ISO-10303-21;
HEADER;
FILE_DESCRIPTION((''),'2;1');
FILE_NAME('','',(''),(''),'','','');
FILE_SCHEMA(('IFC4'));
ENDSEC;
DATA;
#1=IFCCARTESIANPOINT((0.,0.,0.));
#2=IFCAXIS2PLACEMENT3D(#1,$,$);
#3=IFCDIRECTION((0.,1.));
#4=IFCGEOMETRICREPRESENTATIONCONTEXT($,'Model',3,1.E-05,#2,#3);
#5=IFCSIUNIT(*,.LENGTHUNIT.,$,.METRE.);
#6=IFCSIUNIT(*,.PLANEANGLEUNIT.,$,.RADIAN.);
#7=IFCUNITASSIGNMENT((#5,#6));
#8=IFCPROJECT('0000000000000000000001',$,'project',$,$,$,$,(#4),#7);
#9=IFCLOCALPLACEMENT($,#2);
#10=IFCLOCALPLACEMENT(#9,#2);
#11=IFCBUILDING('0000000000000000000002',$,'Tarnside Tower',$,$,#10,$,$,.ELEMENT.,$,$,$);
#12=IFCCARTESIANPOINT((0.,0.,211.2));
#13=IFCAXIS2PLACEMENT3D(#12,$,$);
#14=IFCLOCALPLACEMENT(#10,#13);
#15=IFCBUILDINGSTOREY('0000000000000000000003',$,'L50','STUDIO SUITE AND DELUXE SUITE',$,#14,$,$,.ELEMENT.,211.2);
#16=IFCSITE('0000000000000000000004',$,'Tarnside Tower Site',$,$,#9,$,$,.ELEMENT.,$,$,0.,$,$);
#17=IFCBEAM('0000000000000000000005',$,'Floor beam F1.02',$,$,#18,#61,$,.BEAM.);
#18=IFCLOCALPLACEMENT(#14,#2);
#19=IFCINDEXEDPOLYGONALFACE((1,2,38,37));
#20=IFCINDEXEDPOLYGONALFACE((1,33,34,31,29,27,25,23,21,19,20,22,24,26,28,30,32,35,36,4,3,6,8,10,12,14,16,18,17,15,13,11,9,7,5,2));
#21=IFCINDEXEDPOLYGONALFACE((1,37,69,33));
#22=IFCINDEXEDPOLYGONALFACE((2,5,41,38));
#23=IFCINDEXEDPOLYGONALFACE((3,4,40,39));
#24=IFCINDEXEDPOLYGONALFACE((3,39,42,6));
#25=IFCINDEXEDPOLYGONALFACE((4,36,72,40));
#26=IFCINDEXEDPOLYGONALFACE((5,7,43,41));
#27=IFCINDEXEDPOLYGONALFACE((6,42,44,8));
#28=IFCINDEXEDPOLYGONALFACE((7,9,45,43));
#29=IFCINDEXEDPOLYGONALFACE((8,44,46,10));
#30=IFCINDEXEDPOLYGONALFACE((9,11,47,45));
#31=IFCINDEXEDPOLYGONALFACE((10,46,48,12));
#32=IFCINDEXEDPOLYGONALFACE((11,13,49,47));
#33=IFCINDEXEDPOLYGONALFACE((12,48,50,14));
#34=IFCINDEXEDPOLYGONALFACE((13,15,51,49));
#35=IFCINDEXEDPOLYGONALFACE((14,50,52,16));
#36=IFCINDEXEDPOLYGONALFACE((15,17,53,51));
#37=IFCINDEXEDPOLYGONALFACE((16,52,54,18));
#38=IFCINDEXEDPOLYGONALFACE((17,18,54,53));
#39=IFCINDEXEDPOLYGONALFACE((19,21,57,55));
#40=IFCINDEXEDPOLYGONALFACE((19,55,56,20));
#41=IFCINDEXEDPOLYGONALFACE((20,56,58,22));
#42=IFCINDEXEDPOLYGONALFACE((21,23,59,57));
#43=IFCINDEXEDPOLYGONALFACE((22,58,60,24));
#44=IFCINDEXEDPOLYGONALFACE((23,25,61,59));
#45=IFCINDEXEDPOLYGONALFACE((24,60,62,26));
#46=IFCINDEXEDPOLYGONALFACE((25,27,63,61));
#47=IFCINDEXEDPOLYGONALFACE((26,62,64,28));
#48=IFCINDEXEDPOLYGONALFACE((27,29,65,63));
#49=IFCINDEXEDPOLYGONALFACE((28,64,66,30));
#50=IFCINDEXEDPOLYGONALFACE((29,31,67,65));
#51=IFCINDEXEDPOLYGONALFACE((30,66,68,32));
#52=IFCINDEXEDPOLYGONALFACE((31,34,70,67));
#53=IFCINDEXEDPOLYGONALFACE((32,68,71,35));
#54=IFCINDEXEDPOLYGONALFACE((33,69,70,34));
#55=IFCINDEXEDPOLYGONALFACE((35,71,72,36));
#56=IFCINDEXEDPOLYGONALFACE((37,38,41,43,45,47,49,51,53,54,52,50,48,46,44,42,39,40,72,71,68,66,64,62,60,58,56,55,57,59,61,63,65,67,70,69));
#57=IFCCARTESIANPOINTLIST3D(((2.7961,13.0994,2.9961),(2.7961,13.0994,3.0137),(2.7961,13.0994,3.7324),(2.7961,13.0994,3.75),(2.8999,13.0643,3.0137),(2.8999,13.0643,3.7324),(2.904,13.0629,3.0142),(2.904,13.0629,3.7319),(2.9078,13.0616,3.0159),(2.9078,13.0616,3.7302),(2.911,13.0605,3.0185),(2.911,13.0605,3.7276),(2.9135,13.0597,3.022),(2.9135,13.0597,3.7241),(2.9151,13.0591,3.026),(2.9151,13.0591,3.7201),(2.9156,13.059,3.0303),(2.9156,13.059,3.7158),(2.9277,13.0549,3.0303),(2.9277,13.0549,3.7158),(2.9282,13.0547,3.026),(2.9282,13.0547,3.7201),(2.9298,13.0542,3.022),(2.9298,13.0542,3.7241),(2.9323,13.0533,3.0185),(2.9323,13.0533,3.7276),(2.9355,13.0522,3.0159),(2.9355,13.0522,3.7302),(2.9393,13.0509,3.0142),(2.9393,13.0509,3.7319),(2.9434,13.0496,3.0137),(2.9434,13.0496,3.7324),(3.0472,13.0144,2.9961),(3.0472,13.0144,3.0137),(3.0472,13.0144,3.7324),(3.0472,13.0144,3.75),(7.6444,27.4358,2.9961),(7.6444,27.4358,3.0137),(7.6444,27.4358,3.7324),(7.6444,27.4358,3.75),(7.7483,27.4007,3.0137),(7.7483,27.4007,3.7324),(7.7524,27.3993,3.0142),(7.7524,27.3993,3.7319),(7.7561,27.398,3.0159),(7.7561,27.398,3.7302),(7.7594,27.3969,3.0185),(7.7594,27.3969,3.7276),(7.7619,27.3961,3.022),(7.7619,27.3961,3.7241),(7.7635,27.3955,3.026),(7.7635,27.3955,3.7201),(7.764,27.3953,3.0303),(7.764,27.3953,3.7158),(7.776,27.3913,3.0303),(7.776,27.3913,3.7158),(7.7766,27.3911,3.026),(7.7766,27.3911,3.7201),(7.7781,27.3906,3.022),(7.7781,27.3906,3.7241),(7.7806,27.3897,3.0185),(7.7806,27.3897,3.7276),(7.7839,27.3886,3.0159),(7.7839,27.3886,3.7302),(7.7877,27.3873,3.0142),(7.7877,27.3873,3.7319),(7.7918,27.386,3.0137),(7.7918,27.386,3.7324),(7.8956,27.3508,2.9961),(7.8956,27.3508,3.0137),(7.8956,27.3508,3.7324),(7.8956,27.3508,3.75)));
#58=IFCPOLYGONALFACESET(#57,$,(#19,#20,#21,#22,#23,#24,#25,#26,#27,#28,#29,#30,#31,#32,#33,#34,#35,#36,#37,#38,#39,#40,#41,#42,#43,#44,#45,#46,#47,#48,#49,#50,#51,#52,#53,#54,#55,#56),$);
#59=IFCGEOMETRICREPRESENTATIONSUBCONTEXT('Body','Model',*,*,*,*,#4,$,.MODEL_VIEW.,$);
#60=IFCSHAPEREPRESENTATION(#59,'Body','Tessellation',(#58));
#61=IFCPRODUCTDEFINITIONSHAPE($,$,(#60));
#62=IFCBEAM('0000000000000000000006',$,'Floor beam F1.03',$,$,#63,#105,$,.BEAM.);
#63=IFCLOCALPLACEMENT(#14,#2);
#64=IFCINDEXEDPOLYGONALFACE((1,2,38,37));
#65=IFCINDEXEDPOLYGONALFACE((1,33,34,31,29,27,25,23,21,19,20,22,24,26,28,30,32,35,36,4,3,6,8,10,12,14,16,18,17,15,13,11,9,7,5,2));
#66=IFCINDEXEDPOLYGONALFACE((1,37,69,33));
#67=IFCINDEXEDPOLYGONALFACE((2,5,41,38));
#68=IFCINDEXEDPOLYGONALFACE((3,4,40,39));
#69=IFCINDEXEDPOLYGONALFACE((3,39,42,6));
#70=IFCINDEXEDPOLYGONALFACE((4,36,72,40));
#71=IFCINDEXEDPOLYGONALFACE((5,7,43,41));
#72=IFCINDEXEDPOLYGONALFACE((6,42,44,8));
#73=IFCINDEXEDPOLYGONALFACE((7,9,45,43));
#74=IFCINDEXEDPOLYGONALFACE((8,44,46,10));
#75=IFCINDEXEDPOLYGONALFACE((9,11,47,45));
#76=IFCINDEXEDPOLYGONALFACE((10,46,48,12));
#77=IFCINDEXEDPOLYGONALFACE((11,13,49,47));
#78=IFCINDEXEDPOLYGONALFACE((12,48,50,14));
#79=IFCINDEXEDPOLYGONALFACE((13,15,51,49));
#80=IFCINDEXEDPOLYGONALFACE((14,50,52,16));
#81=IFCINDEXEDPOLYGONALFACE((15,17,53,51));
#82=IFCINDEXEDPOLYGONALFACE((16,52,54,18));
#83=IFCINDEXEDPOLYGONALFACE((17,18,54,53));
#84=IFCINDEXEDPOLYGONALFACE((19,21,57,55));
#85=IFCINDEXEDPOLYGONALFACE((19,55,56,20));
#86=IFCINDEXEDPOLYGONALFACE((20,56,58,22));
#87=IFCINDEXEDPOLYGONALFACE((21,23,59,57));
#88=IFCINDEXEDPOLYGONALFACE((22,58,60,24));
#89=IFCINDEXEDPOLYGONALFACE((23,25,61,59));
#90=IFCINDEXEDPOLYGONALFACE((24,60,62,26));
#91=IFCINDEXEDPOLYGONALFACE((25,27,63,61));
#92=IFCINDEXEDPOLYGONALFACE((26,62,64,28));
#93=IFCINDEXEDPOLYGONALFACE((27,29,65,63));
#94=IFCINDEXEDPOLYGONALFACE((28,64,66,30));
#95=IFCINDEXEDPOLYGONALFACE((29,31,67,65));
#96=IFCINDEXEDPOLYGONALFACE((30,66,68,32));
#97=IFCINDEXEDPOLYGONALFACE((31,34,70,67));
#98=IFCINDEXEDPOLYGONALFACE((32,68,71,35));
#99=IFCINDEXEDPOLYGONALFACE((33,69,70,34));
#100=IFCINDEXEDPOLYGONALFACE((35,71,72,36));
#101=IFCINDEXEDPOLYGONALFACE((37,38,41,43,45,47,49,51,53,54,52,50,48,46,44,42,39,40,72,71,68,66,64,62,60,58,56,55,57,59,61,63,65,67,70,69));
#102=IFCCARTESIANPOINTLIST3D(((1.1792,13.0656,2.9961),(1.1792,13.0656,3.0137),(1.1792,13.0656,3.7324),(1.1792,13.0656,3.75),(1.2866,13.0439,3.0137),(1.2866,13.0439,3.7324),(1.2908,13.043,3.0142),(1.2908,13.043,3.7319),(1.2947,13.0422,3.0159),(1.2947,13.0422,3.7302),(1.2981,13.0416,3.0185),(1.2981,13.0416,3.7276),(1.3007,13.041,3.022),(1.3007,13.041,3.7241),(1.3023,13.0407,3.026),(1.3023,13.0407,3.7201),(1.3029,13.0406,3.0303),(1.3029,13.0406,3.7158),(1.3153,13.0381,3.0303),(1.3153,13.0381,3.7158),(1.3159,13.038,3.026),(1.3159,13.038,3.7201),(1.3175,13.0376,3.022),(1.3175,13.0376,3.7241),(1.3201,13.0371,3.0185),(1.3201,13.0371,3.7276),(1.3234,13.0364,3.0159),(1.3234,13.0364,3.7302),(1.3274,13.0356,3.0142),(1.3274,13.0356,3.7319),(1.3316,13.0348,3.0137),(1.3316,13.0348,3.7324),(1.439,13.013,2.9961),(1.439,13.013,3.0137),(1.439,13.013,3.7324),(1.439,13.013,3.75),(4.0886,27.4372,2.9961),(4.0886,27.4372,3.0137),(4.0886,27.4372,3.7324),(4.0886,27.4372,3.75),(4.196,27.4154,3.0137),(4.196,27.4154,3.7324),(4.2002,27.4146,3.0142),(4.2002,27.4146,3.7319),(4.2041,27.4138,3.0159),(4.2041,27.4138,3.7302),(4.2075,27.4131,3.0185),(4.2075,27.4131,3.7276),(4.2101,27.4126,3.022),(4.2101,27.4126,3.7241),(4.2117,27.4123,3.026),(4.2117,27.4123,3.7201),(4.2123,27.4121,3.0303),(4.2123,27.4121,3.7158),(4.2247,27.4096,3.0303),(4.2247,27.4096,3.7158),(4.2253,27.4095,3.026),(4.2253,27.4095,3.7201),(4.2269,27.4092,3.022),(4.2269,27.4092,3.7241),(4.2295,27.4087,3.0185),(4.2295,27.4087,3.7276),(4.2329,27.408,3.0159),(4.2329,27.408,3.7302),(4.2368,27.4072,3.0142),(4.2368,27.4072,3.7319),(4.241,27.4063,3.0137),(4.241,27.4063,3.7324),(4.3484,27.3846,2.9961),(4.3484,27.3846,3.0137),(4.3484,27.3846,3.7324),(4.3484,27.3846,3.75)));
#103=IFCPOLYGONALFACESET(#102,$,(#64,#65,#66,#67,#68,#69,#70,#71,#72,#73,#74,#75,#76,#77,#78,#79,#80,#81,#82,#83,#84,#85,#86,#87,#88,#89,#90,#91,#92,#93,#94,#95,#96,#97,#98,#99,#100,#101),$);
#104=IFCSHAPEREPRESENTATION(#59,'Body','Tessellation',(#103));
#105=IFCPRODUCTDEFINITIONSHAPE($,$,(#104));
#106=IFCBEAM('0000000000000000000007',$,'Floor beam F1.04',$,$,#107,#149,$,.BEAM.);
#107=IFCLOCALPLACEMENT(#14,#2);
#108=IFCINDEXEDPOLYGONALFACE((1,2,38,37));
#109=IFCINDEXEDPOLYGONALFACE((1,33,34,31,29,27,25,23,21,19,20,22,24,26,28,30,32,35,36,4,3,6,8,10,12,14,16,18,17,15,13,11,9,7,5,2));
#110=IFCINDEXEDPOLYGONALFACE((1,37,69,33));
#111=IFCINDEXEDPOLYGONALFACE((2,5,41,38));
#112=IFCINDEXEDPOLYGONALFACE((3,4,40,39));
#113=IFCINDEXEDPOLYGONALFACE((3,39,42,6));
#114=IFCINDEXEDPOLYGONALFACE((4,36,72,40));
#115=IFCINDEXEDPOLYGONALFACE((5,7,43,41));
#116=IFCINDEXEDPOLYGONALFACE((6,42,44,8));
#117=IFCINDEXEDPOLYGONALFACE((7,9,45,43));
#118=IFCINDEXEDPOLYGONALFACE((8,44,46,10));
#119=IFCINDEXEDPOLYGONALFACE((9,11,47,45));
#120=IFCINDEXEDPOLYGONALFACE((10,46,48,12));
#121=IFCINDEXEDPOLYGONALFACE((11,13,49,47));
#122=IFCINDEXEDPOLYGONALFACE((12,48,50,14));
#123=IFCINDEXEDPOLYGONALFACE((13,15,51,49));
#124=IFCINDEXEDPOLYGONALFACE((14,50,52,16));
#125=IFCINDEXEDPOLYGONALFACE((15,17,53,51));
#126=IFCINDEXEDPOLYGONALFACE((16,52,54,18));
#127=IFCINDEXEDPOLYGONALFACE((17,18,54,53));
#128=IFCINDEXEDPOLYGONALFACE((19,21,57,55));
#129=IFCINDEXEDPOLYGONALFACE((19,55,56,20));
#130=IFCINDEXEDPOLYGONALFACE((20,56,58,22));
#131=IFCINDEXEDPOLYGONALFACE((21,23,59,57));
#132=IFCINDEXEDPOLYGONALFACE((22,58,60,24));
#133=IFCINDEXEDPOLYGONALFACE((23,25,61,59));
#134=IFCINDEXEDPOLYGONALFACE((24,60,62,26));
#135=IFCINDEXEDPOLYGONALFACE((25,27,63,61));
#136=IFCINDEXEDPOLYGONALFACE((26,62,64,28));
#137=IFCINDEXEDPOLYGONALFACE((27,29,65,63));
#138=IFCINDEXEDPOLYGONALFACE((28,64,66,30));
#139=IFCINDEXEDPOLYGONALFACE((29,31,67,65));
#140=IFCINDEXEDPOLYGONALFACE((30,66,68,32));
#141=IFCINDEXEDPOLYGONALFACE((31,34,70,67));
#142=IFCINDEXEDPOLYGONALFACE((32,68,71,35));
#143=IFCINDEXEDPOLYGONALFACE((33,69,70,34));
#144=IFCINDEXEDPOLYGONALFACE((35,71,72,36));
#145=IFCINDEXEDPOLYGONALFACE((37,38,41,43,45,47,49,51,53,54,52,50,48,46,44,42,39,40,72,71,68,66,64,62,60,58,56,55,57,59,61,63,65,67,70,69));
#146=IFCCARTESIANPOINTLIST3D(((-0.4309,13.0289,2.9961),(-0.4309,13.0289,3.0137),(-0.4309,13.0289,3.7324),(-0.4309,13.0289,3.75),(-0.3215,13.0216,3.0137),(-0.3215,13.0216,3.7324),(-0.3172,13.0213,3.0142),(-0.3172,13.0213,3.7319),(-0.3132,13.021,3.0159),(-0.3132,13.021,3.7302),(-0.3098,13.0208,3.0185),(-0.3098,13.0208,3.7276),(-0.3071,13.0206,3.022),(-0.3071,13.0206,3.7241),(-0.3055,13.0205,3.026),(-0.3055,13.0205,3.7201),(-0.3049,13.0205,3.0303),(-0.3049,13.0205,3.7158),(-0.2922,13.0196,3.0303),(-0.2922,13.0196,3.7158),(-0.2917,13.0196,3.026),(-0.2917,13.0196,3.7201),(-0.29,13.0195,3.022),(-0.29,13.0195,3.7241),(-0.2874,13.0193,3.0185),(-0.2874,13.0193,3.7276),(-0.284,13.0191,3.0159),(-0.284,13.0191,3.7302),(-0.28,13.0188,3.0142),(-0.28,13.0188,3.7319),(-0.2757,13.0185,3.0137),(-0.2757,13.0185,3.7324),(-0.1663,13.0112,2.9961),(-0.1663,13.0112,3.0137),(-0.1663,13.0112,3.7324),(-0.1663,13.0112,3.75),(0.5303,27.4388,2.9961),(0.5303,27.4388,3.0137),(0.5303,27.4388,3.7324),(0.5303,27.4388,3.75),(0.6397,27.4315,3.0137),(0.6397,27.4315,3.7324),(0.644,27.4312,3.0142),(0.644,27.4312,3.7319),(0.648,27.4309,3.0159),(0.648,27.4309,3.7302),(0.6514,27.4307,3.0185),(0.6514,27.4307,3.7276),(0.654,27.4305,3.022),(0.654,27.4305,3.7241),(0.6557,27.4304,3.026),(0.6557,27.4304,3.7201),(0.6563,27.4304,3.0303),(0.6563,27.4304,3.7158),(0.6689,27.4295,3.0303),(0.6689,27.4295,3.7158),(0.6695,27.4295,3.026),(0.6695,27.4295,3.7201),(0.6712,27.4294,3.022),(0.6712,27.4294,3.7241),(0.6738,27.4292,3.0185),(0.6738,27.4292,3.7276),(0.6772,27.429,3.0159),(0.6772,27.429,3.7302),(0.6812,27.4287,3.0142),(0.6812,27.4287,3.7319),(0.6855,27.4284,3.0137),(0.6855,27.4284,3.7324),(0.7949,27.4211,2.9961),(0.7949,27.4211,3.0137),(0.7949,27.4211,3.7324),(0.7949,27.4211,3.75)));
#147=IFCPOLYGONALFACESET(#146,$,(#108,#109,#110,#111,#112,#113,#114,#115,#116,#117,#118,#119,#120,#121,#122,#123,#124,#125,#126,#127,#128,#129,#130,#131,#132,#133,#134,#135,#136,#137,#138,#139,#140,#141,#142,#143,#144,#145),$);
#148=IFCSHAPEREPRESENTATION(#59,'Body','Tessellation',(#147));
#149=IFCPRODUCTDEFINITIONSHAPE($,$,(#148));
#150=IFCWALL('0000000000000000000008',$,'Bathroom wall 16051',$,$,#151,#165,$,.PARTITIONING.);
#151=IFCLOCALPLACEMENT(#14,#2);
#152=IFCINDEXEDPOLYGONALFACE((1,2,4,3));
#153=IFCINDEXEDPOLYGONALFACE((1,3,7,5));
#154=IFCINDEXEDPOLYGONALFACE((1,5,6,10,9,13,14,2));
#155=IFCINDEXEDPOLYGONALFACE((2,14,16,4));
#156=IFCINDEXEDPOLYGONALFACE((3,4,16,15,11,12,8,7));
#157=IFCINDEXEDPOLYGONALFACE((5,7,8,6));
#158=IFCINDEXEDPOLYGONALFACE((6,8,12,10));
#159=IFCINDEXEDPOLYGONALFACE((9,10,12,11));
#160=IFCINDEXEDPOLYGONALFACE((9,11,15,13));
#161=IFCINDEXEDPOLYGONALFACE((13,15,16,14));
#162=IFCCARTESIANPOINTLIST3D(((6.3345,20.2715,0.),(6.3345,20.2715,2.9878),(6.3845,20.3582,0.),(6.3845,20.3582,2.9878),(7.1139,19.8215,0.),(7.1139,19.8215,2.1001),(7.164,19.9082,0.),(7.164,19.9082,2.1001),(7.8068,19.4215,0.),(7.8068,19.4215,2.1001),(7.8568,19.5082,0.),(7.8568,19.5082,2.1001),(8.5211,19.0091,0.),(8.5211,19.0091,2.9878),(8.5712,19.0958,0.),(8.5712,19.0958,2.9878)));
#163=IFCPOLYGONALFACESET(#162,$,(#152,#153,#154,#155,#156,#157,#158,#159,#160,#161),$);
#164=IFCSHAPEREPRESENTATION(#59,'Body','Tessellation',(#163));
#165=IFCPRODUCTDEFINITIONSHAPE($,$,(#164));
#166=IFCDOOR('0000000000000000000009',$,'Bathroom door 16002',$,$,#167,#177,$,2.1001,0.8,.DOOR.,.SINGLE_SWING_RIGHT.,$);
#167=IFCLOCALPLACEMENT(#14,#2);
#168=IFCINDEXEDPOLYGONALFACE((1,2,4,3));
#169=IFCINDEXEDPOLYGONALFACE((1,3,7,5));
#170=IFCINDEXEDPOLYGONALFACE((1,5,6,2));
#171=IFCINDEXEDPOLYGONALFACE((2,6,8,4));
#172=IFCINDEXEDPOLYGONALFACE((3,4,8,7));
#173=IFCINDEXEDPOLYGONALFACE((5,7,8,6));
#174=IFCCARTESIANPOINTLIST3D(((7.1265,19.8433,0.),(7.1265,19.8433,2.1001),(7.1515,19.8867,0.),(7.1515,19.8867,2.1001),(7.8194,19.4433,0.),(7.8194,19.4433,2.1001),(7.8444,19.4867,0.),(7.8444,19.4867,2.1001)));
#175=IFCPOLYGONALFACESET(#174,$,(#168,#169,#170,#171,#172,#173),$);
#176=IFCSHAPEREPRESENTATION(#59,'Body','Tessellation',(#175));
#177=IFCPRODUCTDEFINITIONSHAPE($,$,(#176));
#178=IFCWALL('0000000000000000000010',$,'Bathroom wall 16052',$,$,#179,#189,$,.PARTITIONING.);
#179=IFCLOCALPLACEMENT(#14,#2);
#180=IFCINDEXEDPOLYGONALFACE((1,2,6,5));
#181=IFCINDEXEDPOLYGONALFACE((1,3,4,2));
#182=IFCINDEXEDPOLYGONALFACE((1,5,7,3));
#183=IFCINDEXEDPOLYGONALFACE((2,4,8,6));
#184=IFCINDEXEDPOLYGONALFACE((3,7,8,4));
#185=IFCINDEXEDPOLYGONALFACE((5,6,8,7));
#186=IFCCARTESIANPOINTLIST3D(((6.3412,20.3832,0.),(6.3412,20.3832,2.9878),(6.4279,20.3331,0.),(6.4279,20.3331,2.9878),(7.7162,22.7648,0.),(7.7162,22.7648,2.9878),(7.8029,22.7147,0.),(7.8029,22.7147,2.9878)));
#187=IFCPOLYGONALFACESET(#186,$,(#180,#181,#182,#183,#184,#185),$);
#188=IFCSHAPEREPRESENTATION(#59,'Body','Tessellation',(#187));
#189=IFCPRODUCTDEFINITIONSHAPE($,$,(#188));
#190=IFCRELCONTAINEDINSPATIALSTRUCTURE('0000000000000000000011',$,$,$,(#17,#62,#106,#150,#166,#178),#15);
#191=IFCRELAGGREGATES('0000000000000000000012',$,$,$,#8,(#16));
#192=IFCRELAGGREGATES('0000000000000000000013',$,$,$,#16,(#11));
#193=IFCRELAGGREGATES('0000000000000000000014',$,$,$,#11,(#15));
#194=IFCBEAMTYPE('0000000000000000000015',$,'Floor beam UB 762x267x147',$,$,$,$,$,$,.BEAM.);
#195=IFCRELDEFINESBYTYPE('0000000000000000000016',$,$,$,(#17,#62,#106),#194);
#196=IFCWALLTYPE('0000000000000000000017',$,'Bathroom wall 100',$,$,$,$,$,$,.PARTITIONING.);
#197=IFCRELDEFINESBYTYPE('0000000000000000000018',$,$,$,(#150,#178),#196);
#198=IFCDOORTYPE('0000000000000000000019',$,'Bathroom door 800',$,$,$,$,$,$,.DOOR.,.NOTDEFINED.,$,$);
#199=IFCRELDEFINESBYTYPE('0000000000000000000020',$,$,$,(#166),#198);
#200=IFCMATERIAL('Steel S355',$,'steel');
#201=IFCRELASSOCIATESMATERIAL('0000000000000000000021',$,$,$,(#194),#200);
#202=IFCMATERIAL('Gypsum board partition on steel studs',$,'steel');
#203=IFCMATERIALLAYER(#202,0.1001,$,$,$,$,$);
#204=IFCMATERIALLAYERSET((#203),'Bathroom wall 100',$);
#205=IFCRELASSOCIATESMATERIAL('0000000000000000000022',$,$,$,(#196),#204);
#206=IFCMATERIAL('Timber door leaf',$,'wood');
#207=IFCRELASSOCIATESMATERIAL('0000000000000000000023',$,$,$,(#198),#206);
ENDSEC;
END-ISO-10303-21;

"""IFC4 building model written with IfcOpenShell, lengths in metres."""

from ifc_helpers import new_model, si_unit, direction, frame, frame_2d, origin, origin_2d, place, context, subcontext, project, spatial, rectangle, i_section, extrude, material, layer, layer_set, material_profile, profile_set, type_object, element, fill, save


model = new_model("IFC4")

# Units and contexts
model_context = context("Model", 3, precision=1e-05, world=origin(), true_north=direction((0.0, 1.0)))
body_context = subcontext(model_context, "Body", "Model", "MODEL_VIEW")
ifc_project = project(units=[si_unit("LENGTHUNIT", "METRE"), si_unit("PLANEANGLEUNIT", "RADIAN")], contexts=[model_context])

# Site, building, storey
site_placement = place(None, origin())
site = spatial("IfcSite", under=ifc_project, at=site_placement, Name="Tarnside Tower Site", CompositionType="ELEMENT", RefElevation=0.0)
building_placement = place(site_placement, origin())
building = spatial("IfcBuilding", under=site, at=building_placement, Name="Tarnside Tower", CompositionType="ELEMENT")
storey_placement = place(building_placement, frame((0.0, 0.0, 211.2)))
storey = spatial("IfcBuildingStorey", under=building, at=storey_placement, Name="L50", Description="STUDIO SUITE AND DELUXE SUITE", CompositionType="ELEMENT", Elevation=211.2)

# Beams
ifc_material_1 = material(Name="Steel S355", Category="steel")
ifc_material_profile = material_profile(ifc_material_1, i_section(OverallWidth=0.2651, OverallDepth=0.7539, WebThickness=0.0127, FlangeThickness=0.0176, FilletRadius=0.0166, at=origin_2d()), Name="UB 762x267x147")
ifc_profile_set = profile_set([ifc_material_profile], Name="Steel S355")
beam_type = type_object("IfcBeamType", Name="Floor beam UB 762x267x147", PredefinedType="BEAM", material=ifc_profile_set)
beam_1_placement = place(storey_placement, frame((7.77, 27.3933, 3.373), z_axis=(-0.320363, -0.947295, 0.0), x_axis=(0.947295, -0.320363, 0.0)))
element("IfcBeam", 1, at=beam_1_placement, inside=storey, type_object=beam_type, Name="Floor beam F1.02", PredefinedType="BEAM", context=body_context, shape_type="SweptSolid", body=[
    extrude(i_section(OverallWidth=0.2651, OverallDepth=0.7539, WebThickness=0.0127, FlangeThickness=0.0176, FilletRadius=0.0166, at=origin_2d()), origin(), (0.0, 0.0, 1.0), 15.134),
])
beam_2_placement = place(storey_placement, frame((4.2185, 27.4109, 3.373), z_axis=(-0.198418, -0.980118, 0.0), x_axis=(0.980118, -0.198418, 0.0)))
element("IfcBeam", 2, at=beam_2_placement, inside=storey, type_object=beam_type, Name="Floor beam F1.03", PredefinedType="BEAM", context=body_context, shape_type="SweptSolid", body=[
    extrude(i_section(OverallWidth=0.2651, OverallDepth=0.7539, WebThickness=0.0127, FlangeThickness=0.0176, FilletRadius=0.0166, at=origin_2d()), origin(), (0.0, 0.0, 1.0), 14.6631),
])
beam_3_placement = place(storey_placement, frame((0.6626, 27.4299, 3.373), z_axis=(-0.066555, -0.997783, 0.0), x_axis=(0.997783, -0.066555, 0.0)))
element("IfcBeam", 3, at=beam_3_placement, inside=storey, type_object=beam_type, Name="Floor beam F1.04", PredefinedType="BEAM", context=body_context, shape_type="SweptSolid", body=[
    extrude(i_section(OverallWidth=0.2651, OverallDepth=0.7539, WebThickness=0.0127, FlangeThickness=0.0176, FilletRadius=0.0166, at=origin_2d()), origin(), (0.0, 0.0, 1.0), 14.4419),
])

# Wall, opening, door
ifc_material_2 = material(Name="Gypsum board partition on steel studs", Category="steel")
ifc_layer_1 = layer(ifc_material_2, 0.1001)
ifc_layer_set_1 = layer_set([ifc_layer_1], Name="Bathroom wall 100")
wall_type_1 = type_object("IfcWallType", Name="Bathroom wall 100", PredefinedType="PARTITIONING", material=ifc_layer_set_1)
wall_1_placement = place(storey_placement, frame((8.5461, 19.0525, 0.0), z_axis=(0.0, 0.0, 1.0), x_axis=(-0.866039, 0.499976, 0.0)))
wall_1 = element("IfcWall", 4, at=wall_1_placement, inside=storey, type_object=wall_type_1, Name="Bathroom wall 16051", PredefinedType="PARTITIONING", context=body_context, shape_type="SweptSolid", body=[
    extrude(rectangle(XDim=2.5249, YDim=0.1001, at=frame_2d((1.2625, 0.0))), origin(), (0.0, 0.0, 1.0), 2.9878),
])
opening_1_placement = place(wall_1_placement, frame((0.825, 0.0, 0.0)))
opening_1 = element("IfcOpeningElement", 5, at=opening_1_placement, cuts=wall_1, PredefinedType="OPENING", context=body_context, shape_type="SweptSolid", body=[
    extrude(rectangle(XDim=0.8, YDim=2.1001, at=frame_2d((0.3999, 1.05))), frame((0.0, 0.0601, 0.0), z_axis=(0.0, -1.0, 0.0), x_axis=(1.0, 0.0, 0.0)), (0.0, 0.0, 1.0), 0.1201),
])
ifc_material_3 = material(Name="Timber door leaf", Category="wood")
door_type_1 = type_object("IfcDoorType", Name="Bathroom door 800", OperationType="NOTDEFINED", PredefinedType="DOOR", material=ifc_material_3)
door_1_placement = place(opening_1_placement, origin())
door_1 = element("IfcDoor", 6, at=door_1_placement, inside=storey, type_object=door_type_1, Name="Bathroom door 16002", OperationType="SINGLE_SWING_RIGHT", OverallHeight=2.1001, OverallWidth=0.8, PredefinedType="DOOR", context=body_context, shape_type="SweptSolid", body=[
    extrude(rectangle(XDim=0.8, YDim=2.1001, at=frame_2d((0.3999, 1.05))), frame((0.0, 0.0249, 0.0), z_axis=(0.0, -1.0, 0.0), x_axis=(1.0, 0.0, 0.0)), (0.0, 0.0, 1.0), 0.05),
])
fill(opening_1, door_1)

# Wall
wall_2_placement = place(storey_placement, frame((6.3845, 20.3582, 0.0), z_axis=(0.0, 0.0, 1.0), x_axis=(0.499997, 0.866027, 0.0)))
element("IfcWall", 7, at=wall_2_placement, inside=storey, type_object=wall_type_1, Name="Bathroom wall 16052", PredefinedType="PARTITIONING", context=body_context, shape_type="SweptSolid", body=[
    extrude(rectangle(XDim=2.75, YDim=0.1001, at=frame_2d((1.375, 0.0))), origin(), (0.0, 0.0, 1.0), 2.9878),
])

save(model, "model.ifc")
